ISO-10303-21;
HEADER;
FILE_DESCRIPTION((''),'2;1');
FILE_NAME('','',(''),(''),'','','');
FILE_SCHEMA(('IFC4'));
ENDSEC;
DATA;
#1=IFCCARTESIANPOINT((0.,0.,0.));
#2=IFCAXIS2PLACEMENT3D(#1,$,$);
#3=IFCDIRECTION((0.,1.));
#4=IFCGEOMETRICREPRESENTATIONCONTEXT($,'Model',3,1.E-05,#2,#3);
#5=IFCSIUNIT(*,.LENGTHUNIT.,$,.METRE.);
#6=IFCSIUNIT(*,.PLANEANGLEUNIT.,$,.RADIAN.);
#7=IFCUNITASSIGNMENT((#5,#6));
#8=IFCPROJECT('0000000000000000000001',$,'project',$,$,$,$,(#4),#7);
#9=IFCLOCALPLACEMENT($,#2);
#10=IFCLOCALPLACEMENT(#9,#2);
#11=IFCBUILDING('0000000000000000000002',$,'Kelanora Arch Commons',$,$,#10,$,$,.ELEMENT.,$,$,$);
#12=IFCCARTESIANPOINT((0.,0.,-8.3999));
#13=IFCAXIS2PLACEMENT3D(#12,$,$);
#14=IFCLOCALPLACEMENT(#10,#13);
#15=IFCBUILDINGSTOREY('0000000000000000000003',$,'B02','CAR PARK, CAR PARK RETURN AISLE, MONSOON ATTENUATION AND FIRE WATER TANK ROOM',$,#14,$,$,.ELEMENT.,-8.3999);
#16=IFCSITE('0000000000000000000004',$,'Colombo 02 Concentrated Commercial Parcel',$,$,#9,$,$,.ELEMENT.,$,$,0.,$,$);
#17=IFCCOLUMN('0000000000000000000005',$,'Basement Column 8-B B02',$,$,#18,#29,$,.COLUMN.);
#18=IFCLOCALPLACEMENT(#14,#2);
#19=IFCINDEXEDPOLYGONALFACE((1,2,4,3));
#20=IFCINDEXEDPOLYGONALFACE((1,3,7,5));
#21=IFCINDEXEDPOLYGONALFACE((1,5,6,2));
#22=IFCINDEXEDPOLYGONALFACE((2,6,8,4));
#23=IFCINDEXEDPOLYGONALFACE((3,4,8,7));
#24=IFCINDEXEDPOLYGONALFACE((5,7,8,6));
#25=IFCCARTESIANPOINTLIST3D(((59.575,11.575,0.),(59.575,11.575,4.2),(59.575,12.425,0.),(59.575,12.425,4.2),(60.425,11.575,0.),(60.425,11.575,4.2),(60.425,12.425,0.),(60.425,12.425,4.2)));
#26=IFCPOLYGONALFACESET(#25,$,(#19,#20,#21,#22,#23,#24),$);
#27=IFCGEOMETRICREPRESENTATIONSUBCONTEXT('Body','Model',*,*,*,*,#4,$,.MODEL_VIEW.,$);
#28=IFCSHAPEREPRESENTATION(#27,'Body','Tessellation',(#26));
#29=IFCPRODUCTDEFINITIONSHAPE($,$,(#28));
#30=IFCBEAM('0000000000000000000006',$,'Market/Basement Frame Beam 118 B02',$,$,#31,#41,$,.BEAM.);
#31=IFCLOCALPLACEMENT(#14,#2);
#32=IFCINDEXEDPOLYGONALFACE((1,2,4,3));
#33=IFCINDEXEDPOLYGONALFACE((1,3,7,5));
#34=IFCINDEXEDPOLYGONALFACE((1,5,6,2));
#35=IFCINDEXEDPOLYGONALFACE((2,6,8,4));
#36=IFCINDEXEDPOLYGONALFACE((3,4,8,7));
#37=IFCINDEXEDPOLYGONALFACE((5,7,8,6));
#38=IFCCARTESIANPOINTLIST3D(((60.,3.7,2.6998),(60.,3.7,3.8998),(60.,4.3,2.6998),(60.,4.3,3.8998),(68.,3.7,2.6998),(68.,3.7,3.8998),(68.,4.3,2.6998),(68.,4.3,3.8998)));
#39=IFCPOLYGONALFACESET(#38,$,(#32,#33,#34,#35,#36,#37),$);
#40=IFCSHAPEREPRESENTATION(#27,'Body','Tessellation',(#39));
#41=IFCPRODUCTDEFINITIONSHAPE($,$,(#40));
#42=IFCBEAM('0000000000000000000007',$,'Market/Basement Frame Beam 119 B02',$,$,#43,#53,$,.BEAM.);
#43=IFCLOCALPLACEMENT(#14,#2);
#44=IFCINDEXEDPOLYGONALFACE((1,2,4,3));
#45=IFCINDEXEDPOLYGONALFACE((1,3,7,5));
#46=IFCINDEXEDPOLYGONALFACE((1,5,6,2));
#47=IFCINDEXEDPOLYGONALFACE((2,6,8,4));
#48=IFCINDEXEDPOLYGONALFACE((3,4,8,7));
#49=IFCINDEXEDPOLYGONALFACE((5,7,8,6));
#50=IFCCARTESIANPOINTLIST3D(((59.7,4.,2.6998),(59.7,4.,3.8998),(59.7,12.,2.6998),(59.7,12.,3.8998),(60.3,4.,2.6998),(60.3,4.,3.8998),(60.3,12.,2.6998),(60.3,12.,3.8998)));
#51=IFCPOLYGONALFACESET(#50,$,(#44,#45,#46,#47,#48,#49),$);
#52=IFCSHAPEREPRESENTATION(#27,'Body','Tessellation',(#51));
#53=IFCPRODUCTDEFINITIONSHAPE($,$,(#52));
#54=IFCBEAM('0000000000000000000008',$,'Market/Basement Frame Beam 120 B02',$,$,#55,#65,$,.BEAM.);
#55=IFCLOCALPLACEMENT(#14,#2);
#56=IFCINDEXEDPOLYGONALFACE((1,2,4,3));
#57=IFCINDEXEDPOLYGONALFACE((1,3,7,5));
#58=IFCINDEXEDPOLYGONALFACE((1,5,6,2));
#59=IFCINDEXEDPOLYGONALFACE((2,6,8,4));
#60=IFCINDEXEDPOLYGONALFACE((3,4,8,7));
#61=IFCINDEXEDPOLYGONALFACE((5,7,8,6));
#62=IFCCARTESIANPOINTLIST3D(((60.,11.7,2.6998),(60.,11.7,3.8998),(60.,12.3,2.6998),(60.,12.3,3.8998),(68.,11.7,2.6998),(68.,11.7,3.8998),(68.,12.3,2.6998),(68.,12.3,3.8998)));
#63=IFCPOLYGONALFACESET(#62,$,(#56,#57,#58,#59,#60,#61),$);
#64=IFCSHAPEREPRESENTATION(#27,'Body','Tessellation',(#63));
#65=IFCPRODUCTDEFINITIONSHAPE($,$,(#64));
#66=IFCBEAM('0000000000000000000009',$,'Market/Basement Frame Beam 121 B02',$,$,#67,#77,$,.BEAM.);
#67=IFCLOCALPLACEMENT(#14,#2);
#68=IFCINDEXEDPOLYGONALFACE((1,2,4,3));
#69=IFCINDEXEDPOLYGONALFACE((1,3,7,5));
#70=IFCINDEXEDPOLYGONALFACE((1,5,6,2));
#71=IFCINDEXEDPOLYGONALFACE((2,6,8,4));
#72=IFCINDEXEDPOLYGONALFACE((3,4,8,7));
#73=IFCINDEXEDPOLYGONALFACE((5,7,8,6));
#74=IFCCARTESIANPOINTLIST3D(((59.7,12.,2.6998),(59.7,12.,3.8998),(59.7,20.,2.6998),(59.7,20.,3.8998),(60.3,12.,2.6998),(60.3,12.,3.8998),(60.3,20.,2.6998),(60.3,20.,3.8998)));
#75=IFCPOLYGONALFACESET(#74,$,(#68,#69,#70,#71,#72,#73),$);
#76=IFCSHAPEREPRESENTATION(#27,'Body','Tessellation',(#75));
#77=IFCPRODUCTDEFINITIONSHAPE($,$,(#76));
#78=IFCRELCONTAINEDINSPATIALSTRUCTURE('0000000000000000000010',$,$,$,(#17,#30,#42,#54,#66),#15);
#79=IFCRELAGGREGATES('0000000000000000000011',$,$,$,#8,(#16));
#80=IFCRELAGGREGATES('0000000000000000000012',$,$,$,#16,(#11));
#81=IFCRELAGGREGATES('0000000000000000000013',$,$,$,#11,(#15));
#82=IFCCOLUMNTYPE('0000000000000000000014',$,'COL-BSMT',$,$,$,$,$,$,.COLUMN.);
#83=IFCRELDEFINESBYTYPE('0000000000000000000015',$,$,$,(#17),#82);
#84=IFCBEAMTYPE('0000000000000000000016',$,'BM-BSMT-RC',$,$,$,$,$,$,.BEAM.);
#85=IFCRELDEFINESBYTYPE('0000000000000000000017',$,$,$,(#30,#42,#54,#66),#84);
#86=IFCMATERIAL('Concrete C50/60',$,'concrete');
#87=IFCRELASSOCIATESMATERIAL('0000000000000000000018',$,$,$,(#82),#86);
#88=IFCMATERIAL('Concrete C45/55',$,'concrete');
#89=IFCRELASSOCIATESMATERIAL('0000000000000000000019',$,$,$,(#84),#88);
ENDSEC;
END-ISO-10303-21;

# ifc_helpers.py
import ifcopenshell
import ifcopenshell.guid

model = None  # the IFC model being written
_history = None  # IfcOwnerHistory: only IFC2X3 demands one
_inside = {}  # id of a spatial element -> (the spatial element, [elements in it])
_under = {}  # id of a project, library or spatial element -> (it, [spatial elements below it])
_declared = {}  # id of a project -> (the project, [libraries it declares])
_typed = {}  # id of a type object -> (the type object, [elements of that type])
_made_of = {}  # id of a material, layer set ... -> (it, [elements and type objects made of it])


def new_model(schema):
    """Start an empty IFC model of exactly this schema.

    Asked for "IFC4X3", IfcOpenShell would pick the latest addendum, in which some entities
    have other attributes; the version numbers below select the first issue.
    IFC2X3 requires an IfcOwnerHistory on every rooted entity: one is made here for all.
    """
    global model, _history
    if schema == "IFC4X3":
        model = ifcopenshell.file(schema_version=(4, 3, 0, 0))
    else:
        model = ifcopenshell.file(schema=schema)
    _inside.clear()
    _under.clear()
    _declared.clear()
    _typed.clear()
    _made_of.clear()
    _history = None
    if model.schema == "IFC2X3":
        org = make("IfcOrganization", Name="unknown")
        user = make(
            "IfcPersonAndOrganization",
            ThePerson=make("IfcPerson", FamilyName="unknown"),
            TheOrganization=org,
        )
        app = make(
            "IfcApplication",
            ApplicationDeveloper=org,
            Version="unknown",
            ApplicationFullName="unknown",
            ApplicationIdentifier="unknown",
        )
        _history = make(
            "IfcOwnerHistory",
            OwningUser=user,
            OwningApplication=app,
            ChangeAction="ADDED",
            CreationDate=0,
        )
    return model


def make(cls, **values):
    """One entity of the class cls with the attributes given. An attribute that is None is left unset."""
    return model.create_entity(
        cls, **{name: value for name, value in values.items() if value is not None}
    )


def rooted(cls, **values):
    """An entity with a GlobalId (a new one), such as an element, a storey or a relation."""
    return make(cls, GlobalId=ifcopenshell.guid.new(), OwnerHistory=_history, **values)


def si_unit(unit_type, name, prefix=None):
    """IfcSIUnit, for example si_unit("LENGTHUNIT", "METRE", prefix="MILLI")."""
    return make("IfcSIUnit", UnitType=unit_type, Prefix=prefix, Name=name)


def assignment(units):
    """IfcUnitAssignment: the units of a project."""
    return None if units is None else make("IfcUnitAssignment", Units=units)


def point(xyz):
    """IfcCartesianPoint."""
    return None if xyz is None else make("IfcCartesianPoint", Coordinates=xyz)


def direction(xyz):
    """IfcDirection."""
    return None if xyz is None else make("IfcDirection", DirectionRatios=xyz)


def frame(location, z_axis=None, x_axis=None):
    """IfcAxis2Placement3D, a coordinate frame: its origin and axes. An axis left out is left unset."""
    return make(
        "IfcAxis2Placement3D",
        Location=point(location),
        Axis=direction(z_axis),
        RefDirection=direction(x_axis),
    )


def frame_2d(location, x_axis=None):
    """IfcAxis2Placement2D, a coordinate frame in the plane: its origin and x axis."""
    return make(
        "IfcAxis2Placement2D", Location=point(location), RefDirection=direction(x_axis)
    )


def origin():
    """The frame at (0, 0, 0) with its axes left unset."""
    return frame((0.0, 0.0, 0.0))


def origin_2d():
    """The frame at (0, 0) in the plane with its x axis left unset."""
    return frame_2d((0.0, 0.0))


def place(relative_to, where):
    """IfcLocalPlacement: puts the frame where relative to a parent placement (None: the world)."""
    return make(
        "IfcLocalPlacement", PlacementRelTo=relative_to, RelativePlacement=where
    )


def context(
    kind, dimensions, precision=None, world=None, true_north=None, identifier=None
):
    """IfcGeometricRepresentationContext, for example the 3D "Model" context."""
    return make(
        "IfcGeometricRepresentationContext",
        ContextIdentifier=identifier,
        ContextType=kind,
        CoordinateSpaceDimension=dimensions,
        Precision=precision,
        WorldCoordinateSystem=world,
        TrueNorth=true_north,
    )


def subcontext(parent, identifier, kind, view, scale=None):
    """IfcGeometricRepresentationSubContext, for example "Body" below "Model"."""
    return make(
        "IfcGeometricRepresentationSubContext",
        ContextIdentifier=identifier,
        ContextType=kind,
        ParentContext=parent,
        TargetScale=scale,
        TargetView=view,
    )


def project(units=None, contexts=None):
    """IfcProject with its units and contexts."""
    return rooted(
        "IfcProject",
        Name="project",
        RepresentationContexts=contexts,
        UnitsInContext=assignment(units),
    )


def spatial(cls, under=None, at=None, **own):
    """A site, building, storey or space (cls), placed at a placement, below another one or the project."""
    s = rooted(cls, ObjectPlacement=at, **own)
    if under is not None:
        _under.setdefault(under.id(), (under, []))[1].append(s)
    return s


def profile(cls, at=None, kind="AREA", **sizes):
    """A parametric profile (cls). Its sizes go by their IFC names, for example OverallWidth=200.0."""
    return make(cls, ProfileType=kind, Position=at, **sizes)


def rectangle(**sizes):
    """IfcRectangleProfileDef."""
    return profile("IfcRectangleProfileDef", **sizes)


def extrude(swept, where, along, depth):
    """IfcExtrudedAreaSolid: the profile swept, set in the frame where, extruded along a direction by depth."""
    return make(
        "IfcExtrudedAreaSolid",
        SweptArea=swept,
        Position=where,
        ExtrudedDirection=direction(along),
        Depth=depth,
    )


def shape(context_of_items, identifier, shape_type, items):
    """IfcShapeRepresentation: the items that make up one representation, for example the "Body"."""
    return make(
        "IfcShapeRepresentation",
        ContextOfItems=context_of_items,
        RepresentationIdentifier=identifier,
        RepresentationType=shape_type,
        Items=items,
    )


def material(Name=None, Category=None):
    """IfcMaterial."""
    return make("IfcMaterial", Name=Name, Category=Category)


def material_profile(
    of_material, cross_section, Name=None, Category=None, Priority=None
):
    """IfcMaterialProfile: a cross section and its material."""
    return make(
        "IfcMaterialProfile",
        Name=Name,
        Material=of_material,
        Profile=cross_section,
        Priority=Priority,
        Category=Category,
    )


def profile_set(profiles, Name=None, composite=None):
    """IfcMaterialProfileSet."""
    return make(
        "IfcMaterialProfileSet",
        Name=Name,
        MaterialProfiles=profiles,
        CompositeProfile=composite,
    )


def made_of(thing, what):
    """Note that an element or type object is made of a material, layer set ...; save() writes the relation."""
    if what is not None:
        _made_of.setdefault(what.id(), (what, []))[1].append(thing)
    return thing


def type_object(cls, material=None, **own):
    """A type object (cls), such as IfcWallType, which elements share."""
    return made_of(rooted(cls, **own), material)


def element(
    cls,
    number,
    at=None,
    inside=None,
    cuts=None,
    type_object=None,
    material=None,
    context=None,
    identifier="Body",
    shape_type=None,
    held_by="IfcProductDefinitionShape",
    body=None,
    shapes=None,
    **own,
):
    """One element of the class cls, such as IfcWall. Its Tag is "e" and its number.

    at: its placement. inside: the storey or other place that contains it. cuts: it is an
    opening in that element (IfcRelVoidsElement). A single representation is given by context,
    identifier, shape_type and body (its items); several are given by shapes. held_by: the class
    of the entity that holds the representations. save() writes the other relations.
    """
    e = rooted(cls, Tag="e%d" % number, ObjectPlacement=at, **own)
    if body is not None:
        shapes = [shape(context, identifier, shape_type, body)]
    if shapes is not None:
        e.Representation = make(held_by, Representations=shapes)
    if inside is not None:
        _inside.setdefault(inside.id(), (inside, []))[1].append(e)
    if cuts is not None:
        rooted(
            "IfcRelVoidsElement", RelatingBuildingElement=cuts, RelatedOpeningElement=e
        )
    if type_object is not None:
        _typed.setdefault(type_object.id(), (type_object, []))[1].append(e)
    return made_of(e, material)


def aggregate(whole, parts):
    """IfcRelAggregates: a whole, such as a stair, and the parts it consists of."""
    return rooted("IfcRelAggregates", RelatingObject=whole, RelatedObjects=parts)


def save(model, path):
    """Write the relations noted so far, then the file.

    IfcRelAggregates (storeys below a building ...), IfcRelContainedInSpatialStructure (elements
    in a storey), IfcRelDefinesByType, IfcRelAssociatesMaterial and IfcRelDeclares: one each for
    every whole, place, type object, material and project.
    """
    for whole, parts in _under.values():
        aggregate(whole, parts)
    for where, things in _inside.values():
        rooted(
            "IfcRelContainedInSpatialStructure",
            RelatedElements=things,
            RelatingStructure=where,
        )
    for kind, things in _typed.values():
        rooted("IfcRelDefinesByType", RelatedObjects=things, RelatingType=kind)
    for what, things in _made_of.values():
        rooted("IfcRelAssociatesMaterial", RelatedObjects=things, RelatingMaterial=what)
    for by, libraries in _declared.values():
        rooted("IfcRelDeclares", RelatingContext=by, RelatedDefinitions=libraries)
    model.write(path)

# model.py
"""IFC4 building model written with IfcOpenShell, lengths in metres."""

from ifc_helpers import new_model, si_unit, direction, frame, origin, origin_2d, place, context, subcontext, project, spatial, rectangle, extrude, material, material_profile, profile_set, type_object, element, save


model = new_model("IFC4")

# Units and contexts
model_context = context("Model", 3, precision=1e-05, world=origin(), true_north=direction((0.0, 1.0)))
body_context = subcontext(model_context, "Body", "Model", "MODEL_VIEW")
ifc_project = project(units=[si_unit("LENGTHUNIT", "METRE"), si_unit("PLANEANGLEUNIT", "RADIAN")], contexts=[model_context])

# Site, building, storey
site_placement = place(None, origin())
site = spatial("IfcSite", under=ifc_project, at=site_placement, Name="Colombo 02 Concentrated Commercial Parcel", CompositionType="ELEMENT", RefElevation=0.0)
building_placement = place(site_placement, origin())
building = spatial("IfcBuilding", under=site, at=building_placement, Name="Kelanora Arch Commons", CompositionType="ELEMENT")
storey_placement = place(building_placement, frame((0.0, 0.0, -8.3999)))
storey = spatial("IfcBuildingStorey", under=building, at=storey_placement, Name="B02", Description="CAR PARK, CAR PARK RETURN AISLE, MONSOON ATTENUATION AND FIRE WATER TANK ROOM", CompositionType="ELEMENT", Elevation=-8.3999)

# Shared definitions
ifc_material_1 = material(Name="Concrete C45/55", Category="concrete")

# Column
ifc_material_2 = material(Name="Concrete C50/60", Category="concrete")
ifc_material_profile_1 = material_profile(ifc_material_2, rectangle(XDim=0.8501, YDim=0.8501, at=origin_2d()), Name="RC850x850")
ifc_profile_set_1 = profile_set([ifc_material_profile_1], Name="Concrete C50/60")
column_type = type_object("IfcColumnType", Name="COL-BSMT", PredefinedType="COLUMN", material=ifc_profile_set_1)
for number, where, z_axis, x_axis, name in (
    (1, (60.0, 12.0, 0.0), (0.0, 0.0, 1.0), (1.0, 0.0, 0.0), "Basement Column 8-B B02"),
):
    element("IfcColumn", number, at=place(storey_placement, frame(where, z_axis=z_axis, x_axis=x_axis)), inside=storey, type_object=column_type, Name=name, PredefinedType="COLUMN", context=body_context, shape_type="SweptSolid", body=[
        extrude(rectangle(XDim=0.8501, YDim=0.8501, at=origin_2d()), origin(), (0.0, 0.0, 1.0), 4.2),
    ])

# Beams
ifc_material_profile_2 = material_profile(ifc_material_1, rectangle(XDim=0.6001, YDim=1.2, at=origin_2d()), Name="RCB600x1200")
ifc_profile_set_2 = profile_set([ifc_material_profile_2], Name="Concrete C45/55")
beam_type = type_object("IfcBeamType", Name="BM-BSMT-RC", PredefinedType="BEAM", material=ifc_profile_set_2)
for number, where, z_axis, x_axis, name in (
    (2, (60.0, 4.0, 3.2998), (1.0, 0.0, 0.0), (0.0, 1.0, 0.0), "Market/Basement Frame Beam 118 B02"),
    (3, (60.0, 4.0, 3.2998), (0.0, 1.0, 0.0), (-1.0, 0.0, 0.0), "Market/Basement Frame Beam 119 B02"),
    (4, (60.0, 12.0, 3.2998), (1.0, 0.0, 0.0), (0.0, 1.0, 0.0), "Market/Basement Frame Beam 120 B02"),
    (5, (60.0, 12.0, 3.2998), (0.0, 1.0, 0.0), (-1.0, 0.0, 0.0), "Market/Basement Frame Beam 121 B02"),
):
    element("IfcBeam", number, at=place(storey_placement, frame(where, z_axis=z_axis, x_axis=x_axis)), inside=storey, type_object=beam_type, Name=name, PredefinedType="BEAM", context=body_context, shape_type="SweptSolid", body=[
        extrude(rectangle(XDim=0.6001, YDim=1.2, at=origin_2d()), origin(), (0.0, 0.0, 1.0), 8.0),
    ])

save(model, "model.ifc")
